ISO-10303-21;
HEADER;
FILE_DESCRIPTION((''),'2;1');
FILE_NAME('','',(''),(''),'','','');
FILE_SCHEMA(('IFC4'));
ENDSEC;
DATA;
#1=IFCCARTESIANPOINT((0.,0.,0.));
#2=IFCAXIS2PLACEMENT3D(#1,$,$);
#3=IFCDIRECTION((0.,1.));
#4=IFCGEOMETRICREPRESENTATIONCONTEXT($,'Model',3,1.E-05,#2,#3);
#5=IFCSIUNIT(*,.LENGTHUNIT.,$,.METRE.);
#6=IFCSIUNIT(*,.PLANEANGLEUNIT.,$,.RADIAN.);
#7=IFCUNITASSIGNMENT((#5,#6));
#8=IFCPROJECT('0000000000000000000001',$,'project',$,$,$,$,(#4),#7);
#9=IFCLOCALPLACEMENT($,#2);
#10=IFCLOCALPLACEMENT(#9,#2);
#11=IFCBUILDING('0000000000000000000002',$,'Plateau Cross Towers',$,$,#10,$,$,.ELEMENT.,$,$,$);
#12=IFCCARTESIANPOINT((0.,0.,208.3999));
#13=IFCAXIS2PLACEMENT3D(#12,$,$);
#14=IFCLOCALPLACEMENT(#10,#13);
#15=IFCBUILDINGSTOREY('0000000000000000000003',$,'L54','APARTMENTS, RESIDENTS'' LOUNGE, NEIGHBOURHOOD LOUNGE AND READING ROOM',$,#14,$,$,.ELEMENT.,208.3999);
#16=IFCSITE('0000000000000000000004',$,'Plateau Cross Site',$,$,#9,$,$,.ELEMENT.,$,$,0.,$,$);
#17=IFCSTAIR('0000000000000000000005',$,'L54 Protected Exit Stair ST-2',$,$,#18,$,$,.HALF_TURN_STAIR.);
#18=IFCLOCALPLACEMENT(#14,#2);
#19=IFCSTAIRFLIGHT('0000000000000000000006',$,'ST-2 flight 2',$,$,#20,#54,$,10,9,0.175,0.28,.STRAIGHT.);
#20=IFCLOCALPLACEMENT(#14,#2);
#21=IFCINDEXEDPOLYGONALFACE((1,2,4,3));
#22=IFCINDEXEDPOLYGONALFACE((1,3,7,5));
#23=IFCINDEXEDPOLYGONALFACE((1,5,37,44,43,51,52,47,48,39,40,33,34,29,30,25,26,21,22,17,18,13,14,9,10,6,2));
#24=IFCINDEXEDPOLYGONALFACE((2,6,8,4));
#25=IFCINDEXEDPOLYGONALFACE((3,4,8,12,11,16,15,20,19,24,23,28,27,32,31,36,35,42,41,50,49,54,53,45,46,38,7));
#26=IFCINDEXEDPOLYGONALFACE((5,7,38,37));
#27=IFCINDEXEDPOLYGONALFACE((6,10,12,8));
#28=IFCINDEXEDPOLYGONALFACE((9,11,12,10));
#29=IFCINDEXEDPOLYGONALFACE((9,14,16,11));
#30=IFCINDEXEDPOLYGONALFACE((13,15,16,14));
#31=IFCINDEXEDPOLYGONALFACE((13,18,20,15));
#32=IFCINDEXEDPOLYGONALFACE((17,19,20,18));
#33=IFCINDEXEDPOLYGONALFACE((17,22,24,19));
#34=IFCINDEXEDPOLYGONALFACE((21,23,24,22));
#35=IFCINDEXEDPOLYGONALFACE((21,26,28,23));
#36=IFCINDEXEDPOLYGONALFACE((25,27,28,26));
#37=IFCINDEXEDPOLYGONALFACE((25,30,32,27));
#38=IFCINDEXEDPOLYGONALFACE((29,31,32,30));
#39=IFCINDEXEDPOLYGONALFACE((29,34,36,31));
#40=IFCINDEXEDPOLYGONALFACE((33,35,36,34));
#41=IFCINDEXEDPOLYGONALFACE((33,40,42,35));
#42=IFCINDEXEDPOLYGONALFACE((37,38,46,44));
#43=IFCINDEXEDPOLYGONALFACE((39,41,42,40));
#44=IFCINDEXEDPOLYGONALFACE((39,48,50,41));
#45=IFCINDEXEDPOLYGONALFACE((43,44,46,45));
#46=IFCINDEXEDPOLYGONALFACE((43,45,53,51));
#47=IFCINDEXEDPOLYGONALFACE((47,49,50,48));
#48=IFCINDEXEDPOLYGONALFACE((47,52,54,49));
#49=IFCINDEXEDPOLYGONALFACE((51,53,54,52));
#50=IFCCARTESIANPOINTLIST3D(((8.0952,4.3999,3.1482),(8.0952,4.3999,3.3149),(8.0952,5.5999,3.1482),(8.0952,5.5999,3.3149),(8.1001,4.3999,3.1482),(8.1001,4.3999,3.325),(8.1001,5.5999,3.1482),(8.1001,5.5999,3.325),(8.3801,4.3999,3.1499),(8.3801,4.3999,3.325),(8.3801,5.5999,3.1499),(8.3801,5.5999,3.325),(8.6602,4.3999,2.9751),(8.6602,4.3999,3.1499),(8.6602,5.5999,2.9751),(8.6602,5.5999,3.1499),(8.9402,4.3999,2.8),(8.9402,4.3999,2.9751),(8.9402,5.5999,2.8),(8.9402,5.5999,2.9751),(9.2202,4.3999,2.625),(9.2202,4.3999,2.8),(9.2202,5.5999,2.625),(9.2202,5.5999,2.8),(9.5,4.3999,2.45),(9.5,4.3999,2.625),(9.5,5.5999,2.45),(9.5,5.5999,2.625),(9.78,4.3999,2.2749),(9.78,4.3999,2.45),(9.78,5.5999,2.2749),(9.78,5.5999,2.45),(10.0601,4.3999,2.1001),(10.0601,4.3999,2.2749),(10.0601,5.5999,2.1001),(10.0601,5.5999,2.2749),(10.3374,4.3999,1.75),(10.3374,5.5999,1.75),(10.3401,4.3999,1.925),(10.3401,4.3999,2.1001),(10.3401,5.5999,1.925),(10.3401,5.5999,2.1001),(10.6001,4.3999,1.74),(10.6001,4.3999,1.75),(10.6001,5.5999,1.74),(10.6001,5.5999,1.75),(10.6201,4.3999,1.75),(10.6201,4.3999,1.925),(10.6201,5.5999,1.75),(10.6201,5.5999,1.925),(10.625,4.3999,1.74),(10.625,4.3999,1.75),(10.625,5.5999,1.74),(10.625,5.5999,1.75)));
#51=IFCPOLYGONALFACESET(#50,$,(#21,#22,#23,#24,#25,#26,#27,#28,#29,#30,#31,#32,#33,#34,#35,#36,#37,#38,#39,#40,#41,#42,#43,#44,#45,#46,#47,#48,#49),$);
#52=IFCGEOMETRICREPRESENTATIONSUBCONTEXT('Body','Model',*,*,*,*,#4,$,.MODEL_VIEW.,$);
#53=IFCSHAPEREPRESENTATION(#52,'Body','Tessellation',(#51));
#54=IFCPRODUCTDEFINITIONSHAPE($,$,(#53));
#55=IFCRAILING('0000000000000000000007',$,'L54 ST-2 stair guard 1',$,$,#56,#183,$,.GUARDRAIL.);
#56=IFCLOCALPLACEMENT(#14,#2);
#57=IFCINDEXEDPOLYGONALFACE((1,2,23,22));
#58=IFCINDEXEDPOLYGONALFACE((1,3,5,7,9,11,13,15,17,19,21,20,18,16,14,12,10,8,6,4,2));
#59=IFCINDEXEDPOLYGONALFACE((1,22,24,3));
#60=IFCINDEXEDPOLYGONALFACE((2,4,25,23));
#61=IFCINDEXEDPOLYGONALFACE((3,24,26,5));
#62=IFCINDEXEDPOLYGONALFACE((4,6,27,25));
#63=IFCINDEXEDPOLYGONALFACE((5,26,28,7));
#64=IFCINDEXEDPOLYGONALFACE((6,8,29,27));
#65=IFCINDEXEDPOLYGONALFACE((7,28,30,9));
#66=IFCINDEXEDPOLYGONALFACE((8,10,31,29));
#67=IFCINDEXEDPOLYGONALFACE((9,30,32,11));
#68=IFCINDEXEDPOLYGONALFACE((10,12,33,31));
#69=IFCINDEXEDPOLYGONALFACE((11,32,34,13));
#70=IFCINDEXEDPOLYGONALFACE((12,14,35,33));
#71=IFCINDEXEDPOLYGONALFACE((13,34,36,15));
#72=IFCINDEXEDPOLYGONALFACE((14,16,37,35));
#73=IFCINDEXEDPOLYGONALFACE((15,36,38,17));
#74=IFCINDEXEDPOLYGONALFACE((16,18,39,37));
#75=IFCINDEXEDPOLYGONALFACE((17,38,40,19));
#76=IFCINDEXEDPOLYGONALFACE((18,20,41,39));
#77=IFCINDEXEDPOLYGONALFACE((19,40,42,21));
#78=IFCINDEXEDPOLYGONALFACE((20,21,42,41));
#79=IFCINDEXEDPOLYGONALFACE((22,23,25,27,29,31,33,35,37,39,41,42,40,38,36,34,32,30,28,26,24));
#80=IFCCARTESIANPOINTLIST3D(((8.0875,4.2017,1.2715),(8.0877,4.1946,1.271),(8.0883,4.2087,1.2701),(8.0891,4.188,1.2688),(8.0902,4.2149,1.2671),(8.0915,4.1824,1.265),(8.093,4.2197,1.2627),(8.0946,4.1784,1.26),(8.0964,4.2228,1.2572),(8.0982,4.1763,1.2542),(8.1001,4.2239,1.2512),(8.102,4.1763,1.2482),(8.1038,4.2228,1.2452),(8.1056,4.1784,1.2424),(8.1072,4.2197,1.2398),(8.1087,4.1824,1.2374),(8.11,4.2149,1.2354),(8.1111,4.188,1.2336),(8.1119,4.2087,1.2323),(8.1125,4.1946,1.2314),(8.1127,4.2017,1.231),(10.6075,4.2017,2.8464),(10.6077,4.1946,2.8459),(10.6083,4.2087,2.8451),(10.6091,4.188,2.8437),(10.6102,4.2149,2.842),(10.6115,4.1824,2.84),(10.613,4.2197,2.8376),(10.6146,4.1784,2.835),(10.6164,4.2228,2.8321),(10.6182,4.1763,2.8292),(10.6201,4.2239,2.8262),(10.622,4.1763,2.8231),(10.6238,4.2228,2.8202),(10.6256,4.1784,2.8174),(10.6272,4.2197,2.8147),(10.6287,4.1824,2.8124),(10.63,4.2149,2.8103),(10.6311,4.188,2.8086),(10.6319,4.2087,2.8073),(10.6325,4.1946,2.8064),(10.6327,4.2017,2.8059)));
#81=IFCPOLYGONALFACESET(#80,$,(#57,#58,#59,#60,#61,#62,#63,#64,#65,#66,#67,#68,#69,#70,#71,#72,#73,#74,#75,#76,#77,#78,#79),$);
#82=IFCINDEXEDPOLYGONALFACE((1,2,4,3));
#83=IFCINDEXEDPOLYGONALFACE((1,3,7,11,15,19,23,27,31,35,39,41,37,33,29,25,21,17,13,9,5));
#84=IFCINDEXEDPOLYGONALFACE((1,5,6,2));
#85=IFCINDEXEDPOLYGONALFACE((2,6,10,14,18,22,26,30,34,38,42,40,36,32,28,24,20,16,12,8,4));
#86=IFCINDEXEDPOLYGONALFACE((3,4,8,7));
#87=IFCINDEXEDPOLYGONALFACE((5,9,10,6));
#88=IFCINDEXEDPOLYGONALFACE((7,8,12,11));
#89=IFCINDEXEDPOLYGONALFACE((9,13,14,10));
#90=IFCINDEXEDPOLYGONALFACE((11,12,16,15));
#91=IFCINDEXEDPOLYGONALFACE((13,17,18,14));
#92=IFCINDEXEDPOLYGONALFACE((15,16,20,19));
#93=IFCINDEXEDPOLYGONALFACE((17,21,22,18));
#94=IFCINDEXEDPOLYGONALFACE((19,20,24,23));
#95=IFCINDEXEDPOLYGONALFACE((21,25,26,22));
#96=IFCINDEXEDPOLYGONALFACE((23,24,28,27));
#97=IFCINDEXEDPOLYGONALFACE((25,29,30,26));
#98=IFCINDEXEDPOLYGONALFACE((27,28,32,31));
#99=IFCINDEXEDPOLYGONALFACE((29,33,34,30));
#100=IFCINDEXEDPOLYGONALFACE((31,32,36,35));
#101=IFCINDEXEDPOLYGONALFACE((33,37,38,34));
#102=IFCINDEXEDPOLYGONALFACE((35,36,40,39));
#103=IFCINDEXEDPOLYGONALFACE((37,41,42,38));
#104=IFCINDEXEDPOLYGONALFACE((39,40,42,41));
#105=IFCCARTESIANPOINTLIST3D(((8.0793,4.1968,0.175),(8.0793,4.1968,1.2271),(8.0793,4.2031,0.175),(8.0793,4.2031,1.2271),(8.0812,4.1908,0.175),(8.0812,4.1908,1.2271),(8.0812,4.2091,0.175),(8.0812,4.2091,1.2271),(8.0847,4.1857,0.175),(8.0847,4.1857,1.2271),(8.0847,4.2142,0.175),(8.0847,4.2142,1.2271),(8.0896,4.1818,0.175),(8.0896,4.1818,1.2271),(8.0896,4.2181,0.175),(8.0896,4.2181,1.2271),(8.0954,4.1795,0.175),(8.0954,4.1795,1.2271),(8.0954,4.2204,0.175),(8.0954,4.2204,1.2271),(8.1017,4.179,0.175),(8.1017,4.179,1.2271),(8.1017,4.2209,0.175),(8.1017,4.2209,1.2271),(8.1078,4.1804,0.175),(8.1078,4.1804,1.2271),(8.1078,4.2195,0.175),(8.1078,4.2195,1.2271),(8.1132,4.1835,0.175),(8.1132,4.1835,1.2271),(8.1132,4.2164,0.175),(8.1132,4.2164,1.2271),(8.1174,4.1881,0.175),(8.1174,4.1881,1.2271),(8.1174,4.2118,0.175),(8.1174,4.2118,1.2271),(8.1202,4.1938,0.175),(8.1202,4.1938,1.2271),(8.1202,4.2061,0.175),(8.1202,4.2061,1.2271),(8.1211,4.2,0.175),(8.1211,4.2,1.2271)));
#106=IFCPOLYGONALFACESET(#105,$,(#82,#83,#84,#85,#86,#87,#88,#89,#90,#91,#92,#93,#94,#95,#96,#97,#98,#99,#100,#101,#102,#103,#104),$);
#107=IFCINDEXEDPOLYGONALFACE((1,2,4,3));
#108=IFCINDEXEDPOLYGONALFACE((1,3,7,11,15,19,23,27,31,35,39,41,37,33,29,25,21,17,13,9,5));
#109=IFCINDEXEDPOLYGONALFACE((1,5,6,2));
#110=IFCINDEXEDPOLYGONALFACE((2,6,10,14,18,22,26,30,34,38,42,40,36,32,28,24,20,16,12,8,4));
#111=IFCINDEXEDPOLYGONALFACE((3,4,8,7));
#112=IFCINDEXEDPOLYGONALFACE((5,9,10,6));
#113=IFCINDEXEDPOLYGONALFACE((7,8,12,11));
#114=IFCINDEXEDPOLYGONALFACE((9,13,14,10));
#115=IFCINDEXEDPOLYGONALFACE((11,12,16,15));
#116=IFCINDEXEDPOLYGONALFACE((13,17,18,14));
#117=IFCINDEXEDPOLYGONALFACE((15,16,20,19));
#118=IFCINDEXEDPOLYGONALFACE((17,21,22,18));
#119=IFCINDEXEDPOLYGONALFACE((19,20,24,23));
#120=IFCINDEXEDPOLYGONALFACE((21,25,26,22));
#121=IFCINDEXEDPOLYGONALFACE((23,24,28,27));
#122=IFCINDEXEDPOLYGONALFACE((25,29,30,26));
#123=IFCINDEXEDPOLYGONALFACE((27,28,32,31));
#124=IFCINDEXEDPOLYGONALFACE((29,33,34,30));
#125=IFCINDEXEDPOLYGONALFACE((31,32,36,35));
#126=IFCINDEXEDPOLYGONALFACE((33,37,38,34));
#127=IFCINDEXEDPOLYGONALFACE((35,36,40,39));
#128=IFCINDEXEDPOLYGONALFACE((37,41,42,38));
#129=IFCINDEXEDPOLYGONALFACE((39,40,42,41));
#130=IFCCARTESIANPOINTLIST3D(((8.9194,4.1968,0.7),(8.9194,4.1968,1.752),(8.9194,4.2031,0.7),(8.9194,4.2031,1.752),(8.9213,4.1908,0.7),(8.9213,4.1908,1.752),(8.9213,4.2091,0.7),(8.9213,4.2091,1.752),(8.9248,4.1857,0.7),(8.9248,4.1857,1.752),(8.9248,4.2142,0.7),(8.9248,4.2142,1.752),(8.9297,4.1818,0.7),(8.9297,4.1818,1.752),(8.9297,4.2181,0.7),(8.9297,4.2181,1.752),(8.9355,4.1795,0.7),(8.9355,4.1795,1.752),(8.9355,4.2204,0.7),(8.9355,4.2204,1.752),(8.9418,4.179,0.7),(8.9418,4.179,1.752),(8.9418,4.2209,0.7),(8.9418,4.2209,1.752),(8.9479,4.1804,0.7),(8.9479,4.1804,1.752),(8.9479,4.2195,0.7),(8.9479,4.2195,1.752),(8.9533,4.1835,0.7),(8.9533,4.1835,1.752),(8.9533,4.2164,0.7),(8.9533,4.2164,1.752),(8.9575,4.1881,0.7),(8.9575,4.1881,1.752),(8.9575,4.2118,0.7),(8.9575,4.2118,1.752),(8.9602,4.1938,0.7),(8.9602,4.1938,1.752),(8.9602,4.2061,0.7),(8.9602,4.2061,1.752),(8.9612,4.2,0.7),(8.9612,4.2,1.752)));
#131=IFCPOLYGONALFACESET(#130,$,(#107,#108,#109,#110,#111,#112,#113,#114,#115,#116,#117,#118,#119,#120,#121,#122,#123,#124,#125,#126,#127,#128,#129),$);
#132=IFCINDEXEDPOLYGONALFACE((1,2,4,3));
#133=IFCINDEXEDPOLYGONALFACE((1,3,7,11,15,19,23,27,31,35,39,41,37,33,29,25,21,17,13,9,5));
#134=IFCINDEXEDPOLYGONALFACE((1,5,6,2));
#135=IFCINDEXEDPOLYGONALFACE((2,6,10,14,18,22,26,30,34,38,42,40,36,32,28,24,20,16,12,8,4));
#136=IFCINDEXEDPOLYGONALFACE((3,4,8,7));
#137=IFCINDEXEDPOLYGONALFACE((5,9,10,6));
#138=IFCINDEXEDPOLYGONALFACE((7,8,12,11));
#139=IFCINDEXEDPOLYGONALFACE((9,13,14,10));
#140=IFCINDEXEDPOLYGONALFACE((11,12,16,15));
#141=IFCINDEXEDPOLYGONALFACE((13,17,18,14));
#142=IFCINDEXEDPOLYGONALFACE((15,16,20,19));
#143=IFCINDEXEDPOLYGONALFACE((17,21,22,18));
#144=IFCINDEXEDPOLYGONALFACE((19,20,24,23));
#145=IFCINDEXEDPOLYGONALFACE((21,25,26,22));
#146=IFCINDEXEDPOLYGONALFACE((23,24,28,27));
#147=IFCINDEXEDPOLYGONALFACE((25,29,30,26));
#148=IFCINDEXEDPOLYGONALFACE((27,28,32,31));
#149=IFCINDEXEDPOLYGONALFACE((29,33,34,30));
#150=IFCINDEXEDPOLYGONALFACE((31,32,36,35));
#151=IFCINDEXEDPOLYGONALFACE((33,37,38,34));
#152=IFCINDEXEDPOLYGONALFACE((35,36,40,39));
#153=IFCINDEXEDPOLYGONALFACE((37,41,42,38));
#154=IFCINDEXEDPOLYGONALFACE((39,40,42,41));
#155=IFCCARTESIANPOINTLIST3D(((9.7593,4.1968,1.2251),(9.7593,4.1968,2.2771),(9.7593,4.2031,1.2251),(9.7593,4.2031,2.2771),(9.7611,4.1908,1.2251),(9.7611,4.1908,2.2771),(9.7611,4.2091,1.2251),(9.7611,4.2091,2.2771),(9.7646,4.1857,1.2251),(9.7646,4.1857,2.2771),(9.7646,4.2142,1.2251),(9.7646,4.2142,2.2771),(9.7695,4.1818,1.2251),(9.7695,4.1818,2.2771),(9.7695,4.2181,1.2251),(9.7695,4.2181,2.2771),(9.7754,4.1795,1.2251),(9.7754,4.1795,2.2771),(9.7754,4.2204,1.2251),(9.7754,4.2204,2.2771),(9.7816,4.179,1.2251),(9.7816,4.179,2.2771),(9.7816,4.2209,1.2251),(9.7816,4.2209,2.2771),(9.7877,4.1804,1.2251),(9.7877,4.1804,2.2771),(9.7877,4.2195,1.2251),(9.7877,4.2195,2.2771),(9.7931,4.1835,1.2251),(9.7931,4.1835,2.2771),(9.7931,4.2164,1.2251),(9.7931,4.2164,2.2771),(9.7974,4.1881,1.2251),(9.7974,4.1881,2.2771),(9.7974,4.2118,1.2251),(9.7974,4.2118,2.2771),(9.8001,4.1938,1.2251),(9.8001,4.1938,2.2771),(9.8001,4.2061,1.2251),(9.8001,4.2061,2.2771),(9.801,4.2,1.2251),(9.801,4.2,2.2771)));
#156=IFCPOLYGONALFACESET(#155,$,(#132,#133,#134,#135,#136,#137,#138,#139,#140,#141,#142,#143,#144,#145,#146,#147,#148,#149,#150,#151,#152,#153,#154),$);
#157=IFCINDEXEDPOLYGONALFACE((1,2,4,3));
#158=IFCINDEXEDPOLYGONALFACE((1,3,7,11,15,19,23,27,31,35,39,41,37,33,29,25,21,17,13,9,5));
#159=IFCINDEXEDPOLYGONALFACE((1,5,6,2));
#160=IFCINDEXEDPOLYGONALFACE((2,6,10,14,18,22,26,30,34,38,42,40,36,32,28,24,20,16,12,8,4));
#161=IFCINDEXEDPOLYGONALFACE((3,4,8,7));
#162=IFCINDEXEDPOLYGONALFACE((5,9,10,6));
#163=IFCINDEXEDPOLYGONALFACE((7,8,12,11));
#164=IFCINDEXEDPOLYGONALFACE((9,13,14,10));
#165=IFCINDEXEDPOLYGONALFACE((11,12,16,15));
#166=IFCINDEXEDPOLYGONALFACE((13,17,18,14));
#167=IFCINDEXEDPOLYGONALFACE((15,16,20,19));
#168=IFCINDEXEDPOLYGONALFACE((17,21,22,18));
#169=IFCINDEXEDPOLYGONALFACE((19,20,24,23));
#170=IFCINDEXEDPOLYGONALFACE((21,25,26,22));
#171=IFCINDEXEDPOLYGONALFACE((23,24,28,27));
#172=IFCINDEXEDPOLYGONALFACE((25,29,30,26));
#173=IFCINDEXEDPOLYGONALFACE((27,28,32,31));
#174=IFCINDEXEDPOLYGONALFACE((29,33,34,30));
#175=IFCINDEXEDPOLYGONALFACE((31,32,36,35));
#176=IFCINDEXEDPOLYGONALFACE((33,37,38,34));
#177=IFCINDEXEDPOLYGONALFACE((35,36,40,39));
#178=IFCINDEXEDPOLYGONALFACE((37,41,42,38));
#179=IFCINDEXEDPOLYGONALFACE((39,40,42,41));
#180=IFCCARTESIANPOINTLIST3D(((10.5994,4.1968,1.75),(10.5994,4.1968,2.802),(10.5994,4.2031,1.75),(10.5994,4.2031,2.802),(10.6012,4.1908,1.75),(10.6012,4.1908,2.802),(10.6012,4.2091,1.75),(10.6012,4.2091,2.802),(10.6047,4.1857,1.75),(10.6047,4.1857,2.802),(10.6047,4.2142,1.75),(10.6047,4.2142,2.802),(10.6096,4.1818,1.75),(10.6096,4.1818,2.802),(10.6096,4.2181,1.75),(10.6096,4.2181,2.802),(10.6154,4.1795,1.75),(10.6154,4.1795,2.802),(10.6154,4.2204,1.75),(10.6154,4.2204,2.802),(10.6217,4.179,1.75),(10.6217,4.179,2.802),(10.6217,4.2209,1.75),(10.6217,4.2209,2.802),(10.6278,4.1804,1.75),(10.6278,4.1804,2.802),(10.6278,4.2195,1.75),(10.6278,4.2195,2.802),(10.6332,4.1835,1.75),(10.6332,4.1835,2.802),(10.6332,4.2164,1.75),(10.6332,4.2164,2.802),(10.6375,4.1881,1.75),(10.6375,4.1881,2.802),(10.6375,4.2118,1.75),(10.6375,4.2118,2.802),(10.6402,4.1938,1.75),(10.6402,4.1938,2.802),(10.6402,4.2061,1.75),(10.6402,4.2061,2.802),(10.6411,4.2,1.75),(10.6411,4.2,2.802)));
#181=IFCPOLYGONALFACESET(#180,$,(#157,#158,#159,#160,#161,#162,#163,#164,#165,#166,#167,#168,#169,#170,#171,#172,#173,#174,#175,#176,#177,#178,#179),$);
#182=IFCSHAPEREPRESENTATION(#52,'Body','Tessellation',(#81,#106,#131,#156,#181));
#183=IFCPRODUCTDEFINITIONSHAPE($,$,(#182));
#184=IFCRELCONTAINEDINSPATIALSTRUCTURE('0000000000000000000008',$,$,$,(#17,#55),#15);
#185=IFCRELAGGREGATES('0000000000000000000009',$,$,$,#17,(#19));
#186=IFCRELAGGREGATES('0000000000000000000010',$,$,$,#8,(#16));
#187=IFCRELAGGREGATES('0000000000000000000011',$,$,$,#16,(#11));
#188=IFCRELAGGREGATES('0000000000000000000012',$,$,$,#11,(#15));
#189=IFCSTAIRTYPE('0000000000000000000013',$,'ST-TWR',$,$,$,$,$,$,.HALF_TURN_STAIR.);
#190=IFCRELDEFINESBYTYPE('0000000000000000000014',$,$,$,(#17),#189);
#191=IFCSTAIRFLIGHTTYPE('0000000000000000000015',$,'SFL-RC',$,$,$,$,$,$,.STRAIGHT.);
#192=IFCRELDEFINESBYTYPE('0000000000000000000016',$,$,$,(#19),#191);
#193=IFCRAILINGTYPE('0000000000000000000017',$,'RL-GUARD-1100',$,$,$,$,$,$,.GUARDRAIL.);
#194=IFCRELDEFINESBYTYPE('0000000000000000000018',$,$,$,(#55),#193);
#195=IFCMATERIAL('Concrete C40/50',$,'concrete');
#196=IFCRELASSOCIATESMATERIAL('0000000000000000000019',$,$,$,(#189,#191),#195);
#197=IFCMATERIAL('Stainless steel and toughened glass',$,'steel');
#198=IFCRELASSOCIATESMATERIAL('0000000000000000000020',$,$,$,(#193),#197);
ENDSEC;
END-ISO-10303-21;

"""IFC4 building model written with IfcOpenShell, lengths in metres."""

from ifc_helpers import new_model, si_unit, direction, frame, origin, origin_2d, place, context, subcontext, project, spatial, polyline, circle, outline, extrude, material, type_object, element, aggregate, save


model = new_model("IFC4")

# Units and contexts
model_context = context("Model", 3, precision=1e-05, world=origin(), true_north=direction((0.0, 1.0)))
body_context = subcontext(model_context, "Body", "Model", "MODEL_VIEW")
ifc_project = project(units=[si_unit("LENGTHUNIT", "METRE"), si_unit("PLANEANGLEUNIT", "RADIAN")], contexts=[model_context])

# Site, building, storey
site_placement = place(None, origin())
site = spatial("IfcSite", under=ifc_project, at=site_placement, Name="Plateau Cross Site", CompositionType="ELEMENT", RefElevation=0.0)
building_placement = place(site_placement, origin())
building = spatial("IfcBuilding", under=site, at=building_placement, Name="Plateau Cross Towers", CompositionType="ELEMENT")
storey_placement = place(building_placement, frame((0.0, 0.0, 208.3999)))
storey = spatial("IfcBuildingStorey", under=building, at=storey_placement, Name="L54", Description="APARTMENTS, RESIDENTS' LOUNGE, NEIGHBOURHOOD LOUNGE AND READING ROOM", CompositionType="ELEMENT", Elevation=208.3999)

# Stair, stair flight
ifc_material_1 = material(Name="Concrete C40/50", Category="concrete")
stair_type = type_object("IfcStairType", Name="ST-TWR", PredefinedType="HALF_TURN_STAIR", material=ifc_material_1)
stair_placement = place(storey_placement, origin())
stair = element("IfcStair", 1, at=stair_placement, inside=storey, type_object=stair_type, Name="L54 Protected Exit Stair ST-2", PredefinedType="HALF_TURN_STAIR")
stair_flight_type = type_object("IfcStairFlightType", Name="SFL-RC", PredefinedType="STRAIGHT", material=ifc_material_1)
stair_flight_placement = place(storey_placement, frame((10.6201, 5.0, 1.75), z_axis=(0.0, 0.0, 1.0), x_axis=(-1.0, 0.0, 0.0)))
stair_flight = element("IfcStairFlight", 2, at=stair_flight_placement, type_object=stair_flight_type, Name="ST-2 flight 2", NumberOfRisers=10, NumberOfTreads=9, PredefinedType="STRAIGHT", RiserHeight=0.175, TreadLength=0.28, context=body_context, shape_type="SweptSolid", body=[
    extrude(outline(polyline([(-0.0049, -0.01), (-0.0049, 0.0), (0.0, 0.0), (0.0, 0.175), (0.28, 0.175), (0.28, 0.3501), (0.5601, 0.3501), (0.5601, 0.5249), (0.8401, 0.5249), (0.8401, 0.7), (1.1201, 0.7), (1.1201, 0.875), (1.3999, 0.875), (1.3999, 1.05), (1.6799, 1.05), (1.6799, 1.2251), (1.96, 1.2251), (1.96, 1.3999), (2.24, 1.3999), (2.24, 1.575), (2.52, 1.575), (2.5249, 1.5649), (2.5249, 1.3982), (2.52, 1.3982), (0.2827, 0.0), (0.02, 0.0), (0.02, -0.01), (-0.0049, -0.01)])), frame((0.0, 0.6001, 0.0), z_axis=(0.0, -1.0, 0.0), x_axis=(1.0, 0.0, 0.0)), (0.0, 0.0, 1.0), 1.2),
])
aggregate(stair, [stair_flight])

# Railing
ifc_material_2 = material(Name="Stainless steel and toughened glass", Category="steel")
railing_type_1 = type_object("IfcRailingType", Name="RL-GUARD-1100", PredefinedType="GUARDRAIL", material=ifc_material_2)
railing_1_placement = place(storey_placement, frame((8.1001, 4.2, 0.175)))
element("IfcRailing", 3, at=railing_1_placement, inside=storey, type_object=railing_type_1, Name="L54 ST-2 stair guard 1", PredefinedType="GUARDRAIL", context=body_context, shape_type="SweptSolid", body=[
    extrude(circle(Radius=0.0239, at=origin_2d()), frame((0.0, 0.0, 1.0762), z_axis=(0.848008, 0.0, 0.529984), x_axis=(0.0, 1.0, 0.0)), (0.0, 0.0, 1.0), 2.9717),
    extrude(circle(Radius=0.021, at=origin_2d()), origin(), (0.0, 0.0, 1.0), 1.052),
    extrude(circle(Radius=0.021, at=origin_2d()), frame((0.8401, 0.0, 0.5249)), (0.0, 0.0, 1.0), 1.052),
    extrude(circle(Radius=0.021, at=origin_2d()), frame((1.6799, 0.0, 1.05)), (0.0, 0.0, 1.0), 1.052),
    extrude(circle(Radius=0.021, at=origin_2d()), frame((2.52, 0.0, 1.575)), (0.0, 0.0, 1.0), 1.052),
])

save(model, "model.ifc")
